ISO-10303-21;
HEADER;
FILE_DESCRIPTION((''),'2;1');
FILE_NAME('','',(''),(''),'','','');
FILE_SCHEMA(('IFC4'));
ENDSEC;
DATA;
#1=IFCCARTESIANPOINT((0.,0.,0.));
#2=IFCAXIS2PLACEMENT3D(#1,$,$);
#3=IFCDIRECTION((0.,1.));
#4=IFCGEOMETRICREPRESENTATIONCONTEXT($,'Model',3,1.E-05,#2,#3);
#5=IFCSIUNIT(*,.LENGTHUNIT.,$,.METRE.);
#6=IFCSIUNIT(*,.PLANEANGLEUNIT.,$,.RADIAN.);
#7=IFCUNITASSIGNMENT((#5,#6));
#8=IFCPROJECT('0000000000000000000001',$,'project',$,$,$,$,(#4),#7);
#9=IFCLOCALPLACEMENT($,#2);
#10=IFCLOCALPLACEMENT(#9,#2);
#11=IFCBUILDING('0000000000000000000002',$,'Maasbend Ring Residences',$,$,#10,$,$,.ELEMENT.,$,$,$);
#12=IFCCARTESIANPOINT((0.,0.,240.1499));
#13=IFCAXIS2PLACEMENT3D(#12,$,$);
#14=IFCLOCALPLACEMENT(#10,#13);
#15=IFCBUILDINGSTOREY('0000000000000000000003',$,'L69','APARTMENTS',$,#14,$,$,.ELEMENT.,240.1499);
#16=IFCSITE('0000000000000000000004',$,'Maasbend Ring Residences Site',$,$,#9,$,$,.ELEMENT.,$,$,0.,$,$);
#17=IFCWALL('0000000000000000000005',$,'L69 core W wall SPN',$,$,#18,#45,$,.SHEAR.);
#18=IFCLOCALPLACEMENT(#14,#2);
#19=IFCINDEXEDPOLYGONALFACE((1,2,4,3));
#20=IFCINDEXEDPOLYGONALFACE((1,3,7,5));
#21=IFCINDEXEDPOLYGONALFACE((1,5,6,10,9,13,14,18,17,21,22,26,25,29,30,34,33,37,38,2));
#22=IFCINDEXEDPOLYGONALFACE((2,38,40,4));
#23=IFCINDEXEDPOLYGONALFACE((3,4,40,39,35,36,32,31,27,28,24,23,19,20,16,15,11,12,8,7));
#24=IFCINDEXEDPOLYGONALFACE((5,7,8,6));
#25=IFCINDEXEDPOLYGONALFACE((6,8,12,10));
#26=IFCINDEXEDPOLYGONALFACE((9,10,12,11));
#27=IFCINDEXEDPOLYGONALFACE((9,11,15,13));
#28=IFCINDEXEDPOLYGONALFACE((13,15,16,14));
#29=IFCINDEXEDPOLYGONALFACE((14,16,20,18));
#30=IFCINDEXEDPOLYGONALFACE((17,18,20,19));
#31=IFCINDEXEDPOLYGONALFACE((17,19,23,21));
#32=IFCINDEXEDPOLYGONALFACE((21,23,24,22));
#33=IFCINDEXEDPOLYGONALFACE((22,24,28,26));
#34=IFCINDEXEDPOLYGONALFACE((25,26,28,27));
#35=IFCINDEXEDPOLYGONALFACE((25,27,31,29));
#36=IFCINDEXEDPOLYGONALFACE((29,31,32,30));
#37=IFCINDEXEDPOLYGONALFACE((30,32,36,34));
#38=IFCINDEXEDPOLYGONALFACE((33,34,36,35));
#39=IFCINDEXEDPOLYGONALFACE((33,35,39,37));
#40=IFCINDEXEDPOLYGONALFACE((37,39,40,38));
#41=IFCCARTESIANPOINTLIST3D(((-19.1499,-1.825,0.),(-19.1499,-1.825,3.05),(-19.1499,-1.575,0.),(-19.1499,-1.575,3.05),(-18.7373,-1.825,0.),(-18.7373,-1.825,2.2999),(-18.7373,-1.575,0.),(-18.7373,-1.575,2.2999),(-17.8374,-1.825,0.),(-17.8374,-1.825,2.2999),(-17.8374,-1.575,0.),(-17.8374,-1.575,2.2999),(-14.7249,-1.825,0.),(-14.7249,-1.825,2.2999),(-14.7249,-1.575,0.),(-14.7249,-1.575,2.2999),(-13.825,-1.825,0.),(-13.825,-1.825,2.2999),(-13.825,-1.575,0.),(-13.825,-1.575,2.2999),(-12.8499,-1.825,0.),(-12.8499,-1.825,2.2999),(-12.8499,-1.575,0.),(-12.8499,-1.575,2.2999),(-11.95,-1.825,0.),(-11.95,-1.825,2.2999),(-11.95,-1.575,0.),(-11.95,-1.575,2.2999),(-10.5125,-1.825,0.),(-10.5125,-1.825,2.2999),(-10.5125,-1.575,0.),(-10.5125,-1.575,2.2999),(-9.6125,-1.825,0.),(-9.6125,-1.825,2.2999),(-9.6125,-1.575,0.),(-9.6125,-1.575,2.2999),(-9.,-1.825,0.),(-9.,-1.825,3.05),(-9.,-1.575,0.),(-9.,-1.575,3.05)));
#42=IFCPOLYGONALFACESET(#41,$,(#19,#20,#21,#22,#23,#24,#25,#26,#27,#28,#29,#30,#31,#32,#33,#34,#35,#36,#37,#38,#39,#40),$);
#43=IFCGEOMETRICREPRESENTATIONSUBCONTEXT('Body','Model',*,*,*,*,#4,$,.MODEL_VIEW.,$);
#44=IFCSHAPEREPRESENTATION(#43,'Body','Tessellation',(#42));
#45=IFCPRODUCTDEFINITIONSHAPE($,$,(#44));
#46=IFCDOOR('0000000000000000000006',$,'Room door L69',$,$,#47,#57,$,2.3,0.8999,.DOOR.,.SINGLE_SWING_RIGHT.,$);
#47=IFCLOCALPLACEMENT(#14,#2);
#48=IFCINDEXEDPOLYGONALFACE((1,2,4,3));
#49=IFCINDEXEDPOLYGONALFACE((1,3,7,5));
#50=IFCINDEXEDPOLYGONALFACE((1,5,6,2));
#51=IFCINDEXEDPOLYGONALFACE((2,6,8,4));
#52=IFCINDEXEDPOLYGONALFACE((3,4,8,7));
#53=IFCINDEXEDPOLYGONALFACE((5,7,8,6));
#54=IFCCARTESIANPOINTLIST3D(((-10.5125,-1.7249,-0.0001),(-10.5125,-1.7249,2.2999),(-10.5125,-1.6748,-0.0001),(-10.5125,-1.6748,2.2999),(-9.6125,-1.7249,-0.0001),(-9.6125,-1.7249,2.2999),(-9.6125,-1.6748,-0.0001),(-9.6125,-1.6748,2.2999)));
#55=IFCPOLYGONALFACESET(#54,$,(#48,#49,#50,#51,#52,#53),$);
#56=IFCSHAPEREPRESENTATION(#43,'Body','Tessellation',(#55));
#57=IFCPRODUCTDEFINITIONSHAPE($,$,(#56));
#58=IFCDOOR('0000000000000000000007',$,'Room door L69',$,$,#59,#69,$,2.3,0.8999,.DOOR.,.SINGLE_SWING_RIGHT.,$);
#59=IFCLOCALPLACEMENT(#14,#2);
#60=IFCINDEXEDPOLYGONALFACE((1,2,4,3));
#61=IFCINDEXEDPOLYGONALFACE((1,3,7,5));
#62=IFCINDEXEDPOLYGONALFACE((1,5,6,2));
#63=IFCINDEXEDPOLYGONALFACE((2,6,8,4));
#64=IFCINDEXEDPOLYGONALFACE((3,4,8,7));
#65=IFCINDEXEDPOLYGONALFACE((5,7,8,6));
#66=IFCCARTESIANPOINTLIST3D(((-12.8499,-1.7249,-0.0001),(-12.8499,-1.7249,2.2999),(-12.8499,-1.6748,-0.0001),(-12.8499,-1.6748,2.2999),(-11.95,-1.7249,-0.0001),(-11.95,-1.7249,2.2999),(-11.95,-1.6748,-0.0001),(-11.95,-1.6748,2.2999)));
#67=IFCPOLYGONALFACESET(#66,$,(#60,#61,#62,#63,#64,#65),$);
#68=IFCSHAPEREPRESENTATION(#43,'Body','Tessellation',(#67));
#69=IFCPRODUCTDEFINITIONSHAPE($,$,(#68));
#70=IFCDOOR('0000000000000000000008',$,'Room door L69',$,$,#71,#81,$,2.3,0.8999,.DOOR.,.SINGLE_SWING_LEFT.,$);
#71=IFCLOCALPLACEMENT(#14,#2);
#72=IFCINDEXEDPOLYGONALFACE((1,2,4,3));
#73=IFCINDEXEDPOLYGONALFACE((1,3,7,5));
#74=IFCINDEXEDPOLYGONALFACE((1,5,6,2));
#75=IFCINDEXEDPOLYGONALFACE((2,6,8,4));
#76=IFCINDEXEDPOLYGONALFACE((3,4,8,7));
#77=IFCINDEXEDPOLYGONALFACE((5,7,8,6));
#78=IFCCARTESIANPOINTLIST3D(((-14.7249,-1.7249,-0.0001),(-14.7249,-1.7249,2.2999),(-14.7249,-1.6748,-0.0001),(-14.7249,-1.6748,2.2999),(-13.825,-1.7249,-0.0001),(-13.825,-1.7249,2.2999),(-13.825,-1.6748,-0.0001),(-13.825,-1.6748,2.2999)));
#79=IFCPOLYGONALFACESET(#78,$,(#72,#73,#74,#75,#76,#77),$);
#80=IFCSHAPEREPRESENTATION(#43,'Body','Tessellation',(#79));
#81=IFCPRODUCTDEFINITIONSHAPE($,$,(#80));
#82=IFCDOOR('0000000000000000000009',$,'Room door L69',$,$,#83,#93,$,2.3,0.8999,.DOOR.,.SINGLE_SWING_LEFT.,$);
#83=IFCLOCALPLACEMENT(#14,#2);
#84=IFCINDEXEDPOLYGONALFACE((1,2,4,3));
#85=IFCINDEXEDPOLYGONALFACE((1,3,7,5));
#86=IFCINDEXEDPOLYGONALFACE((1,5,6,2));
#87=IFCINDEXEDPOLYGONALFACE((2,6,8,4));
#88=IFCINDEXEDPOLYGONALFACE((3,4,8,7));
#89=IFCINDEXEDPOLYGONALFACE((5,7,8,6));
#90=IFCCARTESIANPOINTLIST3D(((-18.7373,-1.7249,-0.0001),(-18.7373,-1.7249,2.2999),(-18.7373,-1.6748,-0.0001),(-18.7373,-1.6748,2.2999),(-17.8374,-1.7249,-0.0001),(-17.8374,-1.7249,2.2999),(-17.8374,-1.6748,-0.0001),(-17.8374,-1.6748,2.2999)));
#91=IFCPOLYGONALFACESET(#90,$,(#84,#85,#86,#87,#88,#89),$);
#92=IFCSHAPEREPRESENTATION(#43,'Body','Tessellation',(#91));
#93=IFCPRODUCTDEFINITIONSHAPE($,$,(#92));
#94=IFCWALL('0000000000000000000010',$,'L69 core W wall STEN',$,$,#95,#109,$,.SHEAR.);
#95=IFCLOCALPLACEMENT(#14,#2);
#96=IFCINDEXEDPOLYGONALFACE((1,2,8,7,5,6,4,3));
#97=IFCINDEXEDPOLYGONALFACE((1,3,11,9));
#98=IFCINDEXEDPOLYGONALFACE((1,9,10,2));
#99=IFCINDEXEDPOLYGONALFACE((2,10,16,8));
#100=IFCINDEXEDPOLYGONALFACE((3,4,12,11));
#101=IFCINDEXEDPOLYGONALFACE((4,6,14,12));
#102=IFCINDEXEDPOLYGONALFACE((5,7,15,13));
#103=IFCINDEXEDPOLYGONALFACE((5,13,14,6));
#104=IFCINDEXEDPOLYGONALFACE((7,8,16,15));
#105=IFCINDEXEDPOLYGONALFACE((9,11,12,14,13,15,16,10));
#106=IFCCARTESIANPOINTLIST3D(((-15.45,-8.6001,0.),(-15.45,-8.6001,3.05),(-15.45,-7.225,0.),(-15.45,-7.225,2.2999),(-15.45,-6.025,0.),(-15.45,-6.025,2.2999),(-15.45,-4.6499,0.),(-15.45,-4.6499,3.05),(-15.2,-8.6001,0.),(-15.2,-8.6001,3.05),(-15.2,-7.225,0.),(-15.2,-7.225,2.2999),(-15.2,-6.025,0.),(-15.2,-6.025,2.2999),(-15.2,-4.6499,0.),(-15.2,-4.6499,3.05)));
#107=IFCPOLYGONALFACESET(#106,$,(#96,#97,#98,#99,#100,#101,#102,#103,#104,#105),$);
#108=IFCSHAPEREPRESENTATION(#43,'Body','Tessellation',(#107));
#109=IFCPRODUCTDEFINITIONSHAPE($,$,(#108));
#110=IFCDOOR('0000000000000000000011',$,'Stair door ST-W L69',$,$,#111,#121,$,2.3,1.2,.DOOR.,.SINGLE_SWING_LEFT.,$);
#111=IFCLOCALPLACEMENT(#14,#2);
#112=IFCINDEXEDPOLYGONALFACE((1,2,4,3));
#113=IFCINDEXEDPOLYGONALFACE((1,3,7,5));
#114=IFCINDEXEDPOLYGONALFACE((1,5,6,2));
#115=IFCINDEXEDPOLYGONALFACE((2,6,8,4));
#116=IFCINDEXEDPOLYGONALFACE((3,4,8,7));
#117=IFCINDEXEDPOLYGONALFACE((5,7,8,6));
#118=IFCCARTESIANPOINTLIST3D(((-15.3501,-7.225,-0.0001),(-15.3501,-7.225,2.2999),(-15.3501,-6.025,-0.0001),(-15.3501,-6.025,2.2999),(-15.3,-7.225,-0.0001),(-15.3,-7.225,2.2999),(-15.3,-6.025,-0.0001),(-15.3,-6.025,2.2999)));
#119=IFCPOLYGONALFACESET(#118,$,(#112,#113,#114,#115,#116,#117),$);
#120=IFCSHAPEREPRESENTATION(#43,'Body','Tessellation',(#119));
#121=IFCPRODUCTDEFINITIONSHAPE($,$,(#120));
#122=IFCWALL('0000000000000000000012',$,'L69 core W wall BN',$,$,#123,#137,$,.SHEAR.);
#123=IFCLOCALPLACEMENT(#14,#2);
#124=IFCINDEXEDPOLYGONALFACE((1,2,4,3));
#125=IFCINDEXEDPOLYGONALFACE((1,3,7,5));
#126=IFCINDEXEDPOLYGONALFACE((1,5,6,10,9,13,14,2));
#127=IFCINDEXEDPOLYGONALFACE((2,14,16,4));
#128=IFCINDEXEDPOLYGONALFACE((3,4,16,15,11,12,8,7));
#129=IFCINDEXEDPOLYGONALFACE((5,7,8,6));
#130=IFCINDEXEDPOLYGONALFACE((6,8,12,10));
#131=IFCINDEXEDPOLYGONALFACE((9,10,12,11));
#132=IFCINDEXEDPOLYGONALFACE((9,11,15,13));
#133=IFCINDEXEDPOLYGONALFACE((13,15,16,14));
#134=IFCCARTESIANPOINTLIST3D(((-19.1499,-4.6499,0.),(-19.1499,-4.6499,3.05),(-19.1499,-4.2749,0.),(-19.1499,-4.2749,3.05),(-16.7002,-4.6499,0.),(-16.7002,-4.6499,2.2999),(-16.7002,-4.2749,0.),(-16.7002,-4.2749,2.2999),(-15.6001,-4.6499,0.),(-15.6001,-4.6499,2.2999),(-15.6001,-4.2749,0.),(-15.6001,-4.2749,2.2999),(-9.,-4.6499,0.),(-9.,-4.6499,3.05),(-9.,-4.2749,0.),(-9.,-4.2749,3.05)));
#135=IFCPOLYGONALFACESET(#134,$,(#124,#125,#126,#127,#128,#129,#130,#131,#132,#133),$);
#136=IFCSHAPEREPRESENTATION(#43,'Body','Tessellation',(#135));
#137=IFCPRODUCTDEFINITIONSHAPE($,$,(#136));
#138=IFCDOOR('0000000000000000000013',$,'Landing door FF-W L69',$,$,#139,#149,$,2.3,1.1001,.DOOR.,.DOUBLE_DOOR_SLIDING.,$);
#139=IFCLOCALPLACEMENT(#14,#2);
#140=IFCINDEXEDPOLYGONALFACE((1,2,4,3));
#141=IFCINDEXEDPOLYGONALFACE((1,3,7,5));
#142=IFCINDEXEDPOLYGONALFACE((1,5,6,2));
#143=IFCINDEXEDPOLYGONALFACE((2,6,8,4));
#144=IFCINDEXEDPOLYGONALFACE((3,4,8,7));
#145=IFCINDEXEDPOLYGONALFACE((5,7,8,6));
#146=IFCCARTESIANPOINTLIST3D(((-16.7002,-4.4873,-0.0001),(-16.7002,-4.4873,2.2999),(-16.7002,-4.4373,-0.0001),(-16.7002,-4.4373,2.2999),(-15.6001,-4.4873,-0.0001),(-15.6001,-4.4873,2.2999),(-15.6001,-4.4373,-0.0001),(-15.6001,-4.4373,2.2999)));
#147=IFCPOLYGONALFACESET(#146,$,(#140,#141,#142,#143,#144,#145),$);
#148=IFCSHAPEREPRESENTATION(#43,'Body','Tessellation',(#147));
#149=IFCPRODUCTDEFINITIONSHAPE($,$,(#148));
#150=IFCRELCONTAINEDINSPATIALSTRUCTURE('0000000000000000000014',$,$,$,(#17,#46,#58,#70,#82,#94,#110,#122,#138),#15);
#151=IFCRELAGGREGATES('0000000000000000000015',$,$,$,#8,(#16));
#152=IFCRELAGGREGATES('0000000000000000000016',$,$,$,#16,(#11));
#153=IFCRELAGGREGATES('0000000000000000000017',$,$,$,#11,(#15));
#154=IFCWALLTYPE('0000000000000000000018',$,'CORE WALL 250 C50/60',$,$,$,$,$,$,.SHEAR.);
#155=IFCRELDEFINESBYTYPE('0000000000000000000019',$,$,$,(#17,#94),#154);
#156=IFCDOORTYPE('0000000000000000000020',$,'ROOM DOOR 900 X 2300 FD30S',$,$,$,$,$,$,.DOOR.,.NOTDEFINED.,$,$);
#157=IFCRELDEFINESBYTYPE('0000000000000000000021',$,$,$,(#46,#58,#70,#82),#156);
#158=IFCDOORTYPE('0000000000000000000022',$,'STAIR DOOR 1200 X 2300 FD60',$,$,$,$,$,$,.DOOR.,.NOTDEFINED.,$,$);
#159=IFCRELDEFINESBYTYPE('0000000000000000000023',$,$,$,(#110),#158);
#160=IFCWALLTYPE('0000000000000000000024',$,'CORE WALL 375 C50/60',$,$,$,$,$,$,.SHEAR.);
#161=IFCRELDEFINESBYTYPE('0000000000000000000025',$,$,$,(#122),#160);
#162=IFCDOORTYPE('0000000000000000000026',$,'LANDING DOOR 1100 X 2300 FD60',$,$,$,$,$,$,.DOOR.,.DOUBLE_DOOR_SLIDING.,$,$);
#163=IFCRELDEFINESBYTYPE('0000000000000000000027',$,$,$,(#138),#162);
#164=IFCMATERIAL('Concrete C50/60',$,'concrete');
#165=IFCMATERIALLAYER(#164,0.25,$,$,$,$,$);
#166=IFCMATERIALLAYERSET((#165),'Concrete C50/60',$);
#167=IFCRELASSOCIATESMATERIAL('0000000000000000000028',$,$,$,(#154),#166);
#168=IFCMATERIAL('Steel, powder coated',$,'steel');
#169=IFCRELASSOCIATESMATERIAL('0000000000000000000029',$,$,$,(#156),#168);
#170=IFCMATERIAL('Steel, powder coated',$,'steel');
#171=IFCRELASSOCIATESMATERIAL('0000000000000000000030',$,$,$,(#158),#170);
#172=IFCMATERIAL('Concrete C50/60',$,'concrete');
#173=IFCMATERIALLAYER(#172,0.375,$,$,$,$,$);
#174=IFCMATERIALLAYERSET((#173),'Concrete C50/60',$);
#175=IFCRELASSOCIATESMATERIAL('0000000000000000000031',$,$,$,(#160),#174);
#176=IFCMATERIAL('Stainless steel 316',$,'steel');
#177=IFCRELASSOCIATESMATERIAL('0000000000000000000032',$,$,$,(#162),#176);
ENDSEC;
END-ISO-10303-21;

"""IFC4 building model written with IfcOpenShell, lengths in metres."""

from ifc_helpers import new_model, si_unit, direction, frame, frame_2d, origin, place, context, subcontext, project, spatial, rectangle, extrude, material, layer, layer_set, type_object, element, fill, save


model = new_model("IFC4")

# Units and contexts
model_context = context("Model", 3, precision=1e-05, world=origin(), true_north=direction((0.0, 1.0)))
body_context = subcontext(model_context, "Body", "Model", "MODEL_VIEW")
ifc_project = project(units=[si_unit("LENGTHUNIT", "METRE"), si_unit("PLANEANGLEUNIT", "RADIAN")], contexts=[model_context])

# Site, building, storey
site_placement = place(None, origin())
site = spatial("IfcSite", under=ifc_project, at=site_placement, Name="Maasbend Ring Residences Site", CompositionType="ELEMENT", RefElevation=0.0)
building_placement = place(site_placement, origin())
building = spatial("IfcBuilding", under=site, at=building_placement, Name="Maasbend Ring Residences", CompositionType="ELEMENT")
storey_placement = place(building_placement, frame((0.0, 0.0, 240.1499)))
storey = spatial("IfcBuildingStorey", under=building, at=storey_placement, Name="L69", Description="APARTMENTS", CompositionType="ELEMENT", Elevation=240.1499)

# Wall, openings, doors
ifc_material_1 = material(Name="Concrete C50/60", Category="concrete")
ifc_layer_1 = layer(ifc_material_1, 0.25)
ifc_layer_set_1 = layer_set([ifc_layer_1], Name="Concrete C50/60")
wall_type_1 = type_object("IfcWallType", Name="CORE WALL 250 C50/60", PredefinedType="SHEAR", material=ifc_layer_set_1)
wall_1_placement = place(storey_placement, frame((-9.0, -1.7, 0.0), z_axis=(0.0, 0.0, 1.0), x_axis=(-1.0, 0.0, 0.0)))
wall_1 = element("IfcWall", 1, at=wall_1_placement, inside=storey, type_object=wall_type_1, Name="L69 core W wall SPN", PredefinedType="SHEAR", context=body_context, shape_type="SweptSolid", body=[
    extrude(rectangle(XDim=10.1499, YDim=0.25, at=frame_2d((5.075, 0.0))), origin(), (0.0, 0.0, 1.0), 3.05),
])
opening_1_placement = place(wall_1_placement, frame((0.6125, 0.0, 0.0)))
opening_1 = element("IfcOpeningElement", 2, at=opening_1_placement, cuts=wall_1, PredefinedType="OPENING", context=body_context, shape_type="SweptSolid", body=[
    extrude(rectangle(XDim=0.8999, YDim=2.3, at=frame_2d((0.45, 1.1499))), frame((0.0, 0.135, 0.0), z_axis=(0.0, -1.0, 0.0), x_axis=(1.0, 0.0, 0.0)), (0.0, 0.0, 1.0), 0.27),
])
opening_2_placement = place(wall_1_placement, frame((2.95, 0.0, 0.0)))
opening_2 = element("IfcOpeningElement", 3, at=opening_2_placement, cuts=wall_1, PredefinedType="OPENING", context=body_context, shape_type="SweptSolid", body=[
    extrude(rectangle(XDim=0.8999, YDim=2.3, at=frame_2d((0.45, 1.1499))), frame((0.0, 0.135, 0.0), z_axis=(0.0, -1.0, 0.0), x_axis=(1.0, 0.0, 0.0)), (0.0, 0.0, 1.0), 0.27),
])
opening_3_placement = place(wall_1_placement, frame((4.825, 0.0, 0.0)))
opening_3 = element("IfcOpeningElement", 4, at=opening_3_placement, cuts=wall_1, PredefinedType="OPENING", context=body_context, shape_type="SweptSolid", body=[
    extrude(rectangle(XDim=0.8999, YDim=2.3, at=frame_2d((0.45, 1.1499))), frame((0.0, 0.135, 0.0), z_axis=(0.0, -1.0, 0.0), x_axis=(1.0, 0.0, 0.0)), (0.0, 0.0, 1.0), 0.27),
])
opening_4_placement = place(wall_1_placement, frame((8.8374, 0.0, 0.0)))
opening_4 = element("IfcOpeningElement", 5, at=opening_4_placement, cuts=wall_1, PredefinedType="OPENING", context=body_context, shape_type="SweptSolid", body=[
    extrude(rectangle(XDim=0.8999, YDim=2.3, at=frame_2d((0.45, 1.1499))), frame((0.0, 0.135, 0.0), z_axis=(0.0, -1.0, 0.0), x_axis=(1.0, 0.0, 0.0)), (0.0, 0.0, 1.0), 0.27),
])
ifc_material_2 = material(Name="Steel, powder coated", Category="steel")
door_type_1 = type_object("IfcDoorType", Name="ROOM DOOR 900 X 2300 FD30S", OperationType="NOTDEFINED", PredefinedType="DOOR", material=ifc_material_2)
door_1_placement = place(opening_1_placement, origin())
door_1 = element("IfcDoor", 6, at=door_1_placement, inside=storey, type_object=door_type_1, Name="Room door L69", OperationType="SINGLE_SWING_RIGHT", OverallHeight=2.3, OverallWidth=0.8999, PredefinedType="DOOR", context=body_context, shape_type="SweptSolid", body=[
    extrude(rectangle(XDim=0.8999, YDim=2.3, at=frame_2d((0.45, 1.1499))), frame((0.0, 0.0249, 0.0), z_axis=(0.0, -1.0, 0.0), x_axis=(1.0, 0.0, 0.0)), (0.0, 0.0, 1.0), 0.05),
])
fill(opening_1, door_1)
door_2_placement = place(opening_2_placement, origin())
door_2 = element("IfcDoor", 7, at=door_2_placement, inside=storey, type_object=door_type_1, Name="Room door L69", OperationType="SINGLE_SWING_RIGHT", OverallHeight=2.3, OverallWidth=0.8999, PredefinedType="DOOR", context=body_context, shape_type="SweptSolid", body=[
    extrude(rectangle(XDim=0.8999, YDim=2.3, at=frame_2d((0.45, 1.1499))), frame((0.0, 0.0249, 0.0), z_axis=(0.0, -1.0, 0.0), x_axis=(1.0, 0.0, 0.0)), (0.0, 0.0, 1.0), 0.05),
])
fill(opening_2, door_2)
door_3_placement = place(opening_3_placement, origin())
door_3 = element("IfcDoor", 8, at=door_3_placement, inside=storey, type_object=door_type_1, Name="Room door L69", OperationType="SINGLE_SWING_LEFT", OverallHeight=2.3, OverallWidth=0.8999, PredefinedType="DOOR", context=body_context, shape_type="SweptSolid", body=[
    extrude(rectangle(XDim=0.8999, YDim=2.3, at=frame_2d((0.45, 1.1499))), frame((0.0, 0.0249, 0.0), z_axis=(0.0, -1.0, 0.0), x_axis=(1.0, 0.0, 0.0)), (0.0, 0.0, 1.0), 0.05),
])
fill(opening_3, door_3)
door_4_placement = place(opening_4_placement, origin())
door_4 = element("IfcDoor", 9, at=door_4_placement, inside=storey, type_object=door_type_1, Name="Room door L69", OperationType="SINGLE_SWING_LEFT", OverallHeight=2.3, OverallWidth=0.8999, PredefinedType="DOOR", context=body_context, shape_type="SweptSolid", body=[
    extrude(rectangle(XDim=0.8999, YDim=2.3, at=frame_2d((0.45, 1.1499))), frame((0.0, 0.0249, 0.0), z_axis=(0.0, -1.0, 0.0), x_axis=(1.0, 0.0, 0.0)), (0.0, 0.0, 1.0), 0.05),
])
fill(opening_4, door_4)

# Walls, openings, doors
wall_2_placement = place(storey_placement, frame((-15.325, -4.6499, 0.0), z_axis=(0.0, 0.0, 1.0), x_axis=(0.0, -1.0, 0.0)))
wall_2 = element("IfcWall", 10, at=wall_2_placement, inside=storey, type_object=wall_type_1, Name="L69 core W wall STEN", PredefinedType="SHEAR", context=body_context, shape_type="SweptSolid", body=[
    extrude(rectangle(XDim=3.9502, YDim=0.25, at=frame_2d((1.9751, 0.0))), origin(), (0.0, 0.0, 1.0), 3.05),
])
opening_5_placement = place(wall_2_placement, frame((1.375, 0.0, 0.0)))
opening_5 = element("IfcOpeningElement", 11, at=opening_5_placement, cuts=wall_2, PredefinedType="OPENING", context=body_context, shape_type="SweptSolid", body=[
    extrude(rectangle(XDim=1.2, YDim=2.3, at=frame_2d((0.6001, 1.1499))), frame((0.0, 0.135, 0.0), z_axis=(0.0, -1.0, 0.0), x_axis=(1.0, 0.0, 0.0)), (0.0, 0.0, 1.0), 0.27),
])
ifc_material_3 = material(Name="Steel, powder coated", Category="steel")
door_type_2 = type_object("IfcDoorType", Name="STAIR DOOR 1200 X 2300 FD60", OperationType="NOTDEFINED", PredefinedType="DOOR", material=ifc_material_3)
door_5_placement = place(opening_5_placement, origin())
door_5 = element("IfcDoor", 12, at=door_5_placement, inside=storey, type_object=door_type_2, Name="Stair door ST-W L69", OperationType="SINGLE_SWING_LEFT", OverallHeight=2.3, OverallWidth=1.2, PredefinedType="DOOR", context=body_context, shape_type="SweptSolid", body=[
    extrude(rectangle(XDim=1.2, YDim=2.3, at=frame_2d((0.6001, 1.1499))), frame((0.0, 0.0249, 0.0), z_axis=(0.0, -1.0, 0.0), x_axis=(1.0, 0.0, 0.0)), (0.0, 0.0, 1.0), 0.05),
])
fill(opening_5, door_5)
ifc_material_4 = material(Name="Concrete C50/60", Category="concrete")
ifc_layer_2 = layer(ifc_material_4, 0.375)
ifc_layer_set_2 = layer_set([ifc_layer_2], Name="Concrete C50/60")
wall_type_2 = type_object("IfcWallType", Name="CORE WALL 375 C50/60", PredefinedType="SHEAR", material=ifc_layer_set_2)
wall_3_placement = place(storey_placement, frame((-9.0, -4.4624, 0.0), z_axis=(0.0, 0.0, 1.0), x_axis=(-1.0, 0.0, 0.0)))
wall_3 = element("IfcWall", 13, at=wall_3_placement, inside=storey, type_object=wall_type_2, Name="L69 core W wall BN", PredefinedType="SHEAR", context=body_context, shape_type="SweptSolid", body=[
    extrude(rectangle(XDim=10.1499, YDim=0.375, at=frame_2d((5.075, 0.0))), origin(), (0.0, 0.0, 1.0), 3.05),
])
opening_6_placement = place(wall_3_placement, frame((6.6001, 0.0, 0.0)))
opening_6 = element("IfcOpeningElement", 14, at=opening_6_placement, cuts=wall_3, PredefinedType="OPENING", context=body_context, shape_type="SweptSolid", body=[
    extrude(rectangle(XDim=1.1001, YDim=2.3, at=frame_2d((0.55, 1.1499))), frame((0.0, 0.1975, 0.0), z_axis=(0.0, -1.0, 0.0), x_axis=(1.0, 0.0, 0.0)), (0.0, 0.0, 1.0), 0.395),
])
ifc_material_5 = material(Name="Stainless steel 316", Category="steel")
door_type_3 = type_object("IfcDoorType", Name="LANDING DOOR 1100 X 2300 FD60", OperationType="DOUBLE_DOOR_SLIDING", PredefinedType="DOOR", material=ifc_material_5)
door_6_placement = place(opening_6_placement, origin())
door_6 = element("IfcDoor", 15, at=door_6_placement, inside=storey, type_object=door_type_3, Name="Landing door FF-W L69", OperationType="DOUBLE_DOOR_SLIDING", OverallHeight=2.3, OverallWidth=1.1001, PredefinedType="DOOR", context=body_context, shape_type="SweptSolid", body=[
    extrude(rectangle(XDim=1.1001, YDim=2.3, at=frame_2d((0.55, 1.1499))), frame((0.0, 0.0249, 0.0), z_axis=(0.0, -1.0, 0.0), x_axis=(1.0, 0.0, 0.0)), (0.0, 0.0, 1.0), 0.05),
])
fill(opening_6, door_6)

save(model, "model.ifc")
